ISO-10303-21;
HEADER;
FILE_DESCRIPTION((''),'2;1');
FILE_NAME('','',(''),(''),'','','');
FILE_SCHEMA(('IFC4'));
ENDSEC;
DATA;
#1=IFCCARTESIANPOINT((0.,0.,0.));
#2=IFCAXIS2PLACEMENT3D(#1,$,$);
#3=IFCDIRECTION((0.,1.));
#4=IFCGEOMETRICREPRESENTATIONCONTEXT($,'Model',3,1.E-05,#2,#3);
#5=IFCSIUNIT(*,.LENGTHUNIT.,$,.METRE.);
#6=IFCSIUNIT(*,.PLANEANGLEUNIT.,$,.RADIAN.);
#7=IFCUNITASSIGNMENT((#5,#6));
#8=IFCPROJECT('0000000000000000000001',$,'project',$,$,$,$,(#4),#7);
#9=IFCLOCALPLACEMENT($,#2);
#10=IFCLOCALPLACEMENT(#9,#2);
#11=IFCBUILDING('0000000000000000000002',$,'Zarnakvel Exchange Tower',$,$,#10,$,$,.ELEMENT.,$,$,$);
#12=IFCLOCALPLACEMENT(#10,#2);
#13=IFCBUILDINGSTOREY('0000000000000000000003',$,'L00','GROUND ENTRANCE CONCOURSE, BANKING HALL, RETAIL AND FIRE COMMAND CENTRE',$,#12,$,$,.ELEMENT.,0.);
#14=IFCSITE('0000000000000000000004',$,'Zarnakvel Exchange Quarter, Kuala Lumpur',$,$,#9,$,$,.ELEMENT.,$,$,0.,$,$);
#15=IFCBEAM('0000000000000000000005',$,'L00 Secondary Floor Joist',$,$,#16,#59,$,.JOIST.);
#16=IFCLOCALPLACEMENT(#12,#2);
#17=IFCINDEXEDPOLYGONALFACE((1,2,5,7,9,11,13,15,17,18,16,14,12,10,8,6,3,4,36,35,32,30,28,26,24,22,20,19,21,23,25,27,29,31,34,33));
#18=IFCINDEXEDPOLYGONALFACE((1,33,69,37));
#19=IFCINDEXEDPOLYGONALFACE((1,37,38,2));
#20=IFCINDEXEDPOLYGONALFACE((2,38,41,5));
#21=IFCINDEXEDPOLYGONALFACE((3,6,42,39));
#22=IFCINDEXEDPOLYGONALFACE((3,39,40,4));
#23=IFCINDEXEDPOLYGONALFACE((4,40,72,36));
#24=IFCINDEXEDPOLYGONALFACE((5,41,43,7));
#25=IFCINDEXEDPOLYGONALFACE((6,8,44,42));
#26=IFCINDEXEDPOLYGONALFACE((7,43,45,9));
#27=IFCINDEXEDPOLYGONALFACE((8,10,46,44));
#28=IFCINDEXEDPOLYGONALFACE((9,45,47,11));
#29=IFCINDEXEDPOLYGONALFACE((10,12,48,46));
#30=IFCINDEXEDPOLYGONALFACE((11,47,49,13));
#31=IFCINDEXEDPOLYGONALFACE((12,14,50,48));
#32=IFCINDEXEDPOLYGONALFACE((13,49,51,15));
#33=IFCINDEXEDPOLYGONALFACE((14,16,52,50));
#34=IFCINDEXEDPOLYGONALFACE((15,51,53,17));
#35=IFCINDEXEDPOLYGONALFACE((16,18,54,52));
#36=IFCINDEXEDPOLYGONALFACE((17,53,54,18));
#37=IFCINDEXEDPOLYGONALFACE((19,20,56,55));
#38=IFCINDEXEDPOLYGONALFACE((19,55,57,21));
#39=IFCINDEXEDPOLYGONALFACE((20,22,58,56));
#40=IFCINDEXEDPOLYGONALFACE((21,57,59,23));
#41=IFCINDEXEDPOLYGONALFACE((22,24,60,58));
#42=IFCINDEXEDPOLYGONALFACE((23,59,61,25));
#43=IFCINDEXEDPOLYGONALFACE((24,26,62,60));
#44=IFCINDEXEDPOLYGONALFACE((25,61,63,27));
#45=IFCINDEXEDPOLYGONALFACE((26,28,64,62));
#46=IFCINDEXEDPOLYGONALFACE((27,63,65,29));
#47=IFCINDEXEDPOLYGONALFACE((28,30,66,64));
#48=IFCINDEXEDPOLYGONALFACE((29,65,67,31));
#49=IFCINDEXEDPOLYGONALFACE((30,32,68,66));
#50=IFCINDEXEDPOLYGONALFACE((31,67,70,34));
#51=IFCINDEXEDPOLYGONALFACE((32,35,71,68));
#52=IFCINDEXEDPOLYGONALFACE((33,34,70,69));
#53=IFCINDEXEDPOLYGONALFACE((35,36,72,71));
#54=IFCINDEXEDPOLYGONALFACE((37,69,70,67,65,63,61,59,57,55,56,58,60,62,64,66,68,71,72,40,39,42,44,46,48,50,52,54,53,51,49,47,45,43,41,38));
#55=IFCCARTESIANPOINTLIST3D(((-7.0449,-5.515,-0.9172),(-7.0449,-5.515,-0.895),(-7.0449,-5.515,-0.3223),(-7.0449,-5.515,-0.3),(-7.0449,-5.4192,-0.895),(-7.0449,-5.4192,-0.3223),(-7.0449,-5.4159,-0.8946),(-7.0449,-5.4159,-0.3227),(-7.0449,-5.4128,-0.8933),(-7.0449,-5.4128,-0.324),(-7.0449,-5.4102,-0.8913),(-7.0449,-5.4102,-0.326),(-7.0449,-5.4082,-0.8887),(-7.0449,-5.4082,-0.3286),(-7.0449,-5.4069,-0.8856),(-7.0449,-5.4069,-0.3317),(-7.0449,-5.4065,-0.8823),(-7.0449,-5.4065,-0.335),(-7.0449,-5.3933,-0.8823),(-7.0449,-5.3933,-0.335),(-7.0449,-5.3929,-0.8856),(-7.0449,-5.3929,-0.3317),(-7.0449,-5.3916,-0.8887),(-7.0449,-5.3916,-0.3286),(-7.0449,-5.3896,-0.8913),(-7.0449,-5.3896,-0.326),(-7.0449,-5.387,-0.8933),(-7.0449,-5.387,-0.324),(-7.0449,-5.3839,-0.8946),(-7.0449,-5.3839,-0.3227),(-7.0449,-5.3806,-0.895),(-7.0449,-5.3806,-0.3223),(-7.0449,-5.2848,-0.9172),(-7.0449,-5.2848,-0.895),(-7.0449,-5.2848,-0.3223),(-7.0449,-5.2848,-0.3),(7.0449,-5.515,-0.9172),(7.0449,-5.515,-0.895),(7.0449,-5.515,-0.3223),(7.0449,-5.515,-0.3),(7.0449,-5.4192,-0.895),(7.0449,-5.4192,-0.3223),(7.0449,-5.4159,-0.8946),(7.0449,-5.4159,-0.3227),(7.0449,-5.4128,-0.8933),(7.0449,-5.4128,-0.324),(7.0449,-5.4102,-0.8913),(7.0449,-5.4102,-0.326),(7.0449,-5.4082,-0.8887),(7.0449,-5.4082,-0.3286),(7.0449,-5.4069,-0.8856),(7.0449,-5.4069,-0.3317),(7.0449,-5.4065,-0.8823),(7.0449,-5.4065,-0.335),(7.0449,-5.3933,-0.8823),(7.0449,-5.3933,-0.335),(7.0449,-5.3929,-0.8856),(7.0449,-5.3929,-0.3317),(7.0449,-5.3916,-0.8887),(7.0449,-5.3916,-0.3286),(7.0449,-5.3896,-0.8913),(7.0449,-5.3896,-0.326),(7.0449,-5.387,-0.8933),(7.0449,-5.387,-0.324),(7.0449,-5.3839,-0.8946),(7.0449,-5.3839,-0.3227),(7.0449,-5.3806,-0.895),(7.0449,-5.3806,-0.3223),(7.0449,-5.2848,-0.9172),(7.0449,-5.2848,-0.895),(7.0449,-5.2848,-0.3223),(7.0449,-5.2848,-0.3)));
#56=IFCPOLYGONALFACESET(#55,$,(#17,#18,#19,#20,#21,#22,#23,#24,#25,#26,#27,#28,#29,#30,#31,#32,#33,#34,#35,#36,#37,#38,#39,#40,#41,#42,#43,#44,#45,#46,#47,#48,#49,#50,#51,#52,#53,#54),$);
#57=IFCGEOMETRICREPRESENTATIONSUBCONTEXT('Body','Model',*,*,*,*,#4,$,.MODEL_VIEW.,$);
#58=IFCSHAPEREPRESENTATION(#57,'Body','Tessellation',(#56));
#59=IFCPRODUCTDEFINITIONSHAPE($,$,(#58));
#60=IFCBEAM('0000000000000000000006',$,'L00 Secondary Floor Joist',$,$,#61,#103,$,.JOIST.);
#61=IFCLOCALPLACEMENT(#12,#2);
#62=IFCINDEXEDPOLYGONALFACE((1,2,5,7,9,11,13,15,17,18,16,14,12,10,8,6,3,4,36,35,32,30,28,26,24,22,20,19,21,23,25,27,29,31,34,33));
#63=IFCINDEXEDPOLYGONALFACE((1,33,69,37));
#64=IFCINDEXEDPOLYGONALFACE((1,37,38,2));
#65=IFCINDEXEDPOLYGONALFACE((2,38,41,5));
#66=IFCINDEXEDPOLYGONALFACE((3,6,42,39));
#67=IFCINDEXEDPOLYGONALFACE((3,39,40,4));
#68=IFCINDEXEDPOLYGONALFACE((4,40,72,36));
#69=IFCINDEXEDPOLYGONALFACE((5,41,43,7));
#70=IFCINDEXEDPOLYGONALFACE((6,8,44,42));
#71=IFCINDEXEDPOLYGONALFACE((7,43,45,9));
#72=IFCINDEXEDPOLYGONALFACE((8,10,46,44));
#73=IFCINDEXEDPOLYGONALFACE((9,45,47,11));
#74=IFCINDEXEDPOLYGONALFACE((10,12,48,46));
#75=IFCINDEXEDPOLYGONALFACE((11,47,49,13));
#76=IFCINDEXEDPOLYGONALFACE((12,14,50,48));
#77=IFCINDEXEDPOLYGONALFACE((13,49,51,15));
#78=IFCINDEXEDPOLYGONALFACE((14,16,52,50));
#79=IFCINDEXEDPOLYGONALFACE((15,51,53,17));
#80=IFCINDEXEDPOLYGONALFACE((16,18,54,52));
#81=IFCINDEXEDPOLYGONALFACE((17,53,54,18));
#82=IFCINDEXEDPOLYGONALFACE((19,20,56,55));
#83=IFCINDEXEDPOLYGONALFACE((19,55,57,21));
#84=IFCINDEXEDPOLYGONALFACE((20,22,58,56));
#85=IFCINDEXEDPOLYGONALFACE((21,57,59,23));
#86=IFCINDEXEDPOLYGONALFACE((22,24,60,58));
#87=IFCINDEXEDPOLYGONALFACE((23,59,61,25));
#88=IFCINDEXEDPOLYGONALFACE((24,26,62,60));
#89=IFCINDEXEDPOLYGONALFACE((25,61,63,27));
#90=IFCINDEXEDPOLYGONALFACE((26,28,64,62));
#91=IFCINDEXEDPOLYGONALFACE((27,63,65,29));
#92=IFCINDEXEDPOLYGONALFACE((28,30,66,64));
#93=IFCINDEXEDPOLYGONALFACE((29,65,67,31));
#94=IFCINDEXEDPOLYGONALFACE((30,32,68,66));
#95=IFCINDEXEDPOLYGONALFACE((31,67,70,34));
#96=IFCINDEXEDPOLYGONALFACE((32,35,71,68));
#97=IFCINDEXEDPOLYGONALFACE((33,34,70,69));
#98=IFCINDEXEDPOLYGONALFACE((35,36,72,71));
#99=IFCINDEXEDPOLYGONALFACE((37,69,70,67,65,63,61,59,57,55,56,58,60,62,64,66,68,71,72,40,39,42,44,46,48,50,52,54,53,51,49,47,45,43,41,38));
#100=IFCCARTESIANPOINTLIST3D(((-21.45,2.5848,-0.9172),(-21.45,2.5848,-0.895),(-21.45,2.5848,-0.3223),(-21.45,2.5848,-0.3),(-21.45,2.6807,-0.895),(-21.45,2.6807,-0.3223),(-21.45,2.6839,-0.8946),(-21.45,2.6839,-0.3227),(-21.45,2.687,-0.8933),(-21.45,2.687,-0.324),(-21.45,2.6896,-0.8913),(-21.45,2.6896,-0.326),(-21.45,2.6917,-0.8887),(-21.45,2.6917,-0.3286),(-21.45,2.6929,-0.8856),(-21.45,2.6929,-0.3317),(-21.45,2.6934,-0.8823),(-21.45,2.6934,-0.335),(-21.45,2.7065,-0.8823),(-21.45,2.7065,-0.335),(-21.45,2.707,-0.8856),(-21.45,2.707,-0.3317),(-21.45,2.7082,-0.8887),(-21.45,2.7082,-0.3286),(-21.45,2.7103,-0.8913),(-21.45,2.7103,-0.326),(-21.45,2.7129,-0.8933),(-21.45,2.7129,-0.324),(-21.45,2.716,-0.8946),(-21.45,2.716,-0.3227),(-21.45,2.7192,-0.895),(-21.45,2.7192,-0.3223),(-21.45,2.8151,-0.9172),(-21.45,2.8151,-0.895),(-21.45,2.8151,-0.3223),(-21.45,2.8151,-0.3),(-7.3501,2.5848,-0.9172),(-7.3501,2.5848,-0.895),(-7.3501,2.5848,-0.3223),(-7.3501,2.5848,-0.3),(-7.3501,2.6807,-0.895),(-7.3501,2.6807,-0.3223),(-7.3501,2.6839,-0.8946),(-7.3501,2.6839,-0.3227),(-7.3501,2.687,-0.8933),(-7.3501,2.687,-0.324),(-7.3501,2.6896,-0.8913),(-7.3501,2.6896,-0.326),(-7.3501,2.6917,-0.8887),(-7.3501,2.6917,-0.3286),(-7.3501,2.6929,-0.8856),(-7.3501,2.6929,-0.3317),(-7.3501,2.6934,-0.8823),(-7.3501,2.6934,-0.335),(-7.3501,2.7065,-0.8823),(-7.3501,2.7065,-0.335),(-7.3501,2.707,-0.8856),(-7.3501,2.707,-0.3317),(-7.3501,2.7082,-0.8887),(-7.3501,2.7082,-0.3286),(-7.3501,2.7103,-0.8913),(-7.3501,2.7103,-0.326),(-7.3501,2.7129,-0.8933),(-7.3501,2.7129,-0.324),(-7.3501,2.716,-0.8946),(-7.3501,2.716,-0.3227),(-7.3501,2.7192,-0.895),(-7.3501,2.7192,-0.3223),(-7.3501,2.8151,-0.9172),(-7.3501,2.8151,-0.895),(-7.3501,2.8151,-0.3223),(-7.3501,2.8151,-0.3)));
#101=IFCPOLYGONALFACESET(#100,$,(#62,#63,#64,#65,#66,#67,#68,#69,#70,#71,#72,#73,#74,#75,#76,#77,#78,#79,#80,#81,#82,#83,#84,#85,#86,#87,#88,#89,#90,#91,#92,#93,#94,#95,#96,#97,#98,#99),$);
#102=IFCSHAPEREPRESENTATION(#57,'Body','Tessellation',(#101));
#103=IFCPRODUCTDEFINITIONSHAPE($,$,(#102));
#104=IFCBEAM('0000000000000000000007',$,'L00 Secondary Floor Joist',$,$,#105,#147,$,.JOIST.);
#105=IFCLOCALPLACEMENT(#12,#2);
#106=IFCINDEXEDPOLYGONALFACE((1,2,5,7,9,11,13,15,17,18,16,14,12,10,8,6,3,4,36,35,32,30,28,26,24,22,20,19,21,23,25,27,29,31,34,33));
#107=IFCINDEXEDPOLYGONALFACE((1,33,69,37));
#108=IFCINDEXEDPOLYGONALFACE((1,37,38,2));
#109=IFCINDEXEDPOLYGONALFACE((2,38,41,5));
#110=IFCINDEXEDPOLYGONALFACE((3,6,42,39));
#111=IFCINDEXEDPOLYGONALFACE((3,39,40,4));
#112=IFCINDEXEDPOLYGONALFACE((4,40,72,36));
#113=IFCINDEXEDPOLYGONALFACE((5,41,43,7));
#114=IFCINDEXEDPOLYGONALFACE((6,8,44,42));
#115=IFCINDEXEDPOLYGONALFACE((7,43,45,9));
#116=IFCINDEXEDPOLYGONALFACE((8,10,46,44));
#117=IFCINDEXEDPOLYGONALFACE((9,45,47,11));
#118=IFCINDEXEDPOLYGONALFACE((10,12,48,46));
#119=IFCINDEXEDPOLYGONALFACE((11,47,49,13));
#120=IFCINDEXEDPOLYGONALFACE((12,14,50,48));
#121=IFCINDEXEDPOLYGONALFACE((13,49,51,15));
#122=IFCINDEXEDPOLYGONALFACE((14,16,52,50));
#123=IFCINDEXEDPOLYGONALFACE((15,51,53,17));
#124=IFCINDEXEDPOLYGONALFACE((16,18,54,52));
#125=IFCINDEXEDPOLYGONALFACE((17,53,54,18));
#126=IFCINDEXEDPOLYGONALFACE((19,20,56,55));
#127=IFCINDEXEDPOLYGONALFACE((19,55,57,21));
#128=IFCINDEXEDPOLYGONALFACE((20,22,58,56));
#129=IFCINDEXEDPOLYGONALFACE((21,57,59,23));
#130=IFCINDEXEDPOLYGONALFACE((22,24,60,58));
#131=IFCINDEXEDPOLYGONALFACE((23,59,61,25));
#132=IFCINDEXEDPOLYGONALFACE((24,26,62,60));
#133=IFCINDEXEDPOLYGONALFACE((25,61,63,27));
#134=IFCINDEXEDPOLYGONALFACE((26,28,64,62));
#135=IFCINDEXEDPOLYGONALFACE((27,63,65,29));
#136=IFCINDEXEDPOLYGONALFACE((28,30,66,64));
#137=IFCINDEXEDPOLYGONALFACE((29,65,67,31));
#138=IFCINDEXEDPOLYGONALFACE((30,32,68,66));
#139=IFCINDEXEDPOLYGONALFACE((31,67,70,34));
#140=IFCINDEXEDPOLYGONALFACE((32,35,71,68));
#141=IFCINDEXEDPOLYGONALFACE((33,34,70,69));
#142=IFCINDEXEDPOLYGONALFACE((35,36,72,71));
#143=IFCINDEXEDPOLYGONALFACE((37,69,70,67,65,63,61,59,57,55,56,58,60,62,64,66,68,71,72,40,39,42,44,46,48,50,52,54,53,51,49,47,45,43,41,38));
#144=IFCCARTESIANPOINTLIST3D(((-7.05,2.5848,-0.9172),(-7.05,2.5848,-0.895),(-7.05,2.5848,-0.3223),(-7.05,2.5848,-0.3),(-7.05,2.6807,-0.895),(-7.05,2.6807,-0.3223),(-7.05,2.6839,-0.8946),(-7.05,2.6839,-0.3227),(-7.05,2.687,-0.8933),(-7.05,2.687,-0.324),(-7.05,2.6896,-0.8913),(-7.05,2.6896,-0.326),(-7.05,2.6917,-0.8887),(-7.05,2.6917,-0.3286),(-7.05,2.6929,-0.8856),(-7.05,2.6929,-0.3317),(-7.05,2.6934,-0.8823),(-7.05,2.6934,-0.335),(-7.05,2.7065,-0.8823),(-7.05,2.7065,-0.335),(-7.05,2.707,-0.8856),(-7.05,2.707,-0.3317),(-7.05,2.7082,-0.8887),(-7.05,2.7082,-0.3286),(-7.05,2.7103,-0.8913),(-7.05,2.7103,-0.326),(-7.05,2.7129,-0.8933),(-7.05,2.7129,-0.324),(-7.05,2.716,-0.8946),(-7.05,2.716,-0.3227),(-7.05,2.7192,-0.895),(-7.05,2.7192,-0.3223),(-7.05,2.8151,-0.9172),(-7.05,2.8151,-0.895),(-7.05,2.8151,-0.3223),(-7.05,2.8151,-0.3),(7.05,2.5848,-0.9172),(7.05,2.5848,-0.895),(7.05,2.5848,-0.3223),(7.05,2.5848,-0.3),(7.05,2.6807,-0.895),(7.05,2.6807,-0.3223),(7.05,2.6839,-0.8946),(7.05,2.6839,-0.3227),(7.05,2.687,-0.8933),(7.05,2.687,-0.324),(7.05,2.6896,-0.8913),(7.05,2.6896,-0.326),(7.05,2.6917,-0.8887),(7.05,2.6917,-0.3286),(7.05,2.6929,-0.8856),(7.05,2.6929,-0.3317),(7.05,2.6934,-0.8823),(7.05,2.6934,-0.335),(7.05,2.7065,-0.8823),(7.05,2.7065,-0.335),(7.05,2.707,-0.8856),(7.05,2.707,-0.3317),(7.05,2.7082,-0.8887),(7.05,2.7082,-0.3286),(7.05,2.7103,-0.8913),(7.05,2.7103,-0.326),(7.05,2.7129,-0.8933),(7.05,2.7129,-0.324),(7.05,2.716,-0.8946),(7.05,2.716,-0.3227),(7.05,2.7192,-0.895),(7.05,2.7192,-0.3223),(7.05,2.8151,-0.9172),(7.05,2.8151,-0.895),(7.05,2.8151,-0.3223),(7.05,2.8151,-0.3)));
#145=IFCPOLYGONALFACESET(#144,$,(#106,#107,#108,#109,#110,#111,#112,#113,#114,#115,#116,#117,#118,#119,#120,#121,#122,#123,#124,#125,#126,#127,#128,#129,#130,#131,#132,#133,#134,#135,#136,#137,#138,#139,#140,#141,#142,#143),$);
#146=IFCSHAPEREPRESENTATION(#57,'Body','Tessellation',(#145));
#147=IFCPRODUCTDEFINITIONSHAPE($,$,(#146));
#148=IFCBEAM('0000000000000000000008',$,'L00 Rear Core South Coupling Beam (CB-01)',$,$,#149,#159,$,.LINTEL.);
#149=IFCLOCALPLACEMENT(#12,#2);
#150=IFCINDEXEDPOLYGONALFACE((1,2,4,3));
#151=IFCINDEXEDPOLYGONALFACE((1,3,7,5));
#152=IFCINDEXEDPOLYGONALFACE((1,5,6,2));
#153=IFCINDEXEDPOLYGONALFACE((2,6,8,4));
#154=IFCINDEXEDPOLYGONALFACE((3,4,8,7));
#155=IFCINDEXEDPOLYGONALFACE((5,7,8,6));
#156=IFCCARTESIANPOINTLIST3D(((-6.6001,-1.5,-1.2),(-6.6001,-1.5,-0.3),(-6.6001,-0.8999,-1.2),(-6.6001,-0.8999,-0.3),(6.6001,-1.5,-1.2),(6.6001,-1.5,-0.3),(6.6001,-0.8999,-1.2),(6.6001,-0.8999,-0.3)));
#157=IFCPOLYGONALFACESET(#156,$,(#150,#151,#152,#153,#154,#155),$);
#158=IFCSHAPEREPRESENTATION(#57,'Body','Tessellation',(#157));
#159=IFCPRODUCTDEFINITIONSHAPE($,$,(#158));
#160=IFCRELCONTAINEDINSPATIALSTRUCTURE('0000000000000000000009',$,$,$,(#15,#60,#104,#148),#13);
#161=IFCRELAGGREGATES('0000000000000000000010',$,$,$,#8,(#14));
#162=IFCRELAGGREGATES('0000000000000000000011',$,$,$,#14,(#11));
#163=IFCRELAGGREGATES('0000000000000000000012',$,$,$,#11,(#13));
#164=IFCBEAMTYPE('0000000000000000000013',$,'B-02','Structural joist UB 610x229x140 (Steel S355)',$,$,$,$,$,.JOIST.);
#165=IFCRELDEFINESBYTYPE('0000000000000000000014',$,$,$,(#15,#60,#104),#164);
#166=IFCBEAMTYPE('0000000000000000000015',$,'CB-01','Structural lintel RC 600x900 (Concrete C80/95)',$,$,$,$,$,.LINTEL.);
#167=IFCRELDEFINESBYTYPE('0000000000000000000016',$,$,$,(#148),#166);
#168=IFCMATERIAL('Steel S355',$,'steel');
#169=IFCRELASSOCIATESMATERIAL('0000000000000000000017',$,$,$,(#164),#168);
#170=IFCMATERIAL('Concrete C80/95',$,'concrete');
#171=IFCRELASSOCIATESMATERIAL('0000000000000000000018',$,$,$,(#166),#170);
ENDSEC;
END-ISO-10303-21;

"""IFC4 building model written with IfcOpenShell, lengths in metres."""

from ifc_helpers import new_model, si_unit, direction, frame, origin, origin_2d, place, context, subcontext, project, spatial, rectangle, i_section, extrude, material, material_profile, profile_set, type_object, element, save


model = new_model("IFC4")

# Units and contexts
model_context = context("Model", 3, precision=1e-05, world=origin(), true_north=direction((0.0, 1.0)))
body_context = subcontext(model_context, "Body", "Model", "MODEL_VIEW")
ifc_project = project(units=[si_unit("LENGTHUNIT", "METRE"), si_unit("PLANEANGLEUNIT", "RADIAN")], contexts=[model_context])

# Site, building, storey
site_placement = place(None, origin())
site = spatial("IfcSite", under=ifc_project, at=site_placement, Name="Zarnakvel Exchange Quarter, Kuala Lumpur", CompositionType="ELEMENT", RefElevation=0.0)
building_placement = place(site_placement, origin())
building = spatial("IfcBuilding", under=site, at=building_placement, Name="Zarnakvel Exchange Tower", CompositionType="ELEMENT")
storey_placement = place(building_placement, origin())
storey = spatial("IfcBuildingStorey", under=building, at=storey_placement, Name="L00", Description="GROUND ENTRANCE CONCOURSE, BANKING HALL, RETAIL AND FIRE COMMAND CENTRE", CompositionType="ELEMENT", Elevation=0.0)

# Shared definitions
ifc_material_1 = material(Name="Concrete C80/95", Category="concrete")

# Beams
ifc_material_2 = material(Name="Steel S355", Category="steel")
ifc_material_profile_1 = material_profile(ifc_material_2, i_section(OverallWidth=0.2302, OverallDepth=0.6172, WebThickness=0.0132, FlangeThickness=0.0222, FilletRadius=0.0127, at=origin_2d()))
ifc_profile_set_1 = profile_set([ifc_material_profile_1], Name="Steel S355")
beam_type_1 = type_object("IfcBeamType", Name="B-02", Description="Structural joist UB 610x229x140 (Steel S355)", PredefinedType="JOIST", material=ifc_profile_set_1)
beam_1_placement = place(storey_placement, frame((-7.0449, -5.3999, -0.6086), z_axis=(1.0, 0.0, 0.0), x_axis=(0.0, 1.0, 0.0)))
element("IfcBeam", 1, at=beam_1_placement, inside=storey, type_object=beam_type_1, Name="L00 Secondary Floor Joist", PredefinedType="JOIST", context=body_context, shape_type="SweptSolid", body=[
    extrude(i_section(OverallWidth=0.2302, OverallDepth=0.6172, WebThickness=0.0132, FlangeThickness=0.0222, FilletRadius=0.0127, at=origin_2d()), origin(), (0.0, 0.0, 1.0), 14.0898),
])
beam_2_placement = place(storey_placement, frame((-21.45, 2.7, -0.6086), z_axis=(1.0, 0.0, 0.0), x_axis=(0.0, 1.0, 0.0)))
element("IfcBeam", 2, at=beam_2_placement, inside=storey, type_object=beam_type_1, Name="L00 Secondary Floor Joist", PredefinedType="JOIST", context=body_context, shape_type="SweptSolid", body=[
    extrude(i_section(OverallWidth=0.2302, OverallDepth=0.6172, WebThickness=0.0132, FlangeThickness=0.0222, FilletRadius=0.0127, at=origin_2d()), origin(), (0.0, 0.0, 1.0), 14.0999),
])
beam_3_placement = place(storey_placement, frame((-7.05, 2.7, -0.6086), z_axis=(1.0, 0.0, 0.0), x_axis=(0.0, 1.0, 0.0)))
element("IfcBeam", 3, at=beam_3_placement, inside=storey, type_object=beam_type_1, Name="L00 Secondary Floor Joist", PredefinedType="JOIST", context=body_context, shape_type="SweptSolid", body=[
    extrude(i_section(OverallWidth=0.2302, OverallDepth=0.6172, WebThickness=0.0132, FlangeThickness=0.0222, FilletRadius=0.0127, at=origin_2d()), origin(), (0.0, 0.0, 1.0), 14.1001),
])
ifc_material_profile_2 = material_profile(ifc_material_1, rectangle(XDim=0.6001, YDim=0.8999, at=origin_2d()))
ifc_profile_set_2 = profile_set([ifc_material_profile_2], Name="Concrete C80/95")
beam_type_2 = type_object("IfcBeamType", Name="CB-01", Description="Structural lintel RC 600x900 (Concrete C80/95)", PredefinedType="LINTEL", material=ifc_profile_set_2)
beam_4_placement = place(storey_placement, frame((-6.6001, -1.2, -0.75), z_axis=(1.0, 0.0, 0.0), x_axis=(0.0, 1.0, 0.0)))
element("IfcBeam", 4, at=beam_4_placement, inside=storey, type_object=beam_type_2, Name="L00 Rear Core South Coupling Beam (CB-01)", PredefinedType="LINTEL", context=body_context, shape_type="SweptSolid", body=[
    extrude(rectangle(XDim=0.6001, YDim=0.8999, at=origin_2d()), origin(), (0.0, 0.0, 1.0), 13.2002),
])

save(model, "model.ifc")
